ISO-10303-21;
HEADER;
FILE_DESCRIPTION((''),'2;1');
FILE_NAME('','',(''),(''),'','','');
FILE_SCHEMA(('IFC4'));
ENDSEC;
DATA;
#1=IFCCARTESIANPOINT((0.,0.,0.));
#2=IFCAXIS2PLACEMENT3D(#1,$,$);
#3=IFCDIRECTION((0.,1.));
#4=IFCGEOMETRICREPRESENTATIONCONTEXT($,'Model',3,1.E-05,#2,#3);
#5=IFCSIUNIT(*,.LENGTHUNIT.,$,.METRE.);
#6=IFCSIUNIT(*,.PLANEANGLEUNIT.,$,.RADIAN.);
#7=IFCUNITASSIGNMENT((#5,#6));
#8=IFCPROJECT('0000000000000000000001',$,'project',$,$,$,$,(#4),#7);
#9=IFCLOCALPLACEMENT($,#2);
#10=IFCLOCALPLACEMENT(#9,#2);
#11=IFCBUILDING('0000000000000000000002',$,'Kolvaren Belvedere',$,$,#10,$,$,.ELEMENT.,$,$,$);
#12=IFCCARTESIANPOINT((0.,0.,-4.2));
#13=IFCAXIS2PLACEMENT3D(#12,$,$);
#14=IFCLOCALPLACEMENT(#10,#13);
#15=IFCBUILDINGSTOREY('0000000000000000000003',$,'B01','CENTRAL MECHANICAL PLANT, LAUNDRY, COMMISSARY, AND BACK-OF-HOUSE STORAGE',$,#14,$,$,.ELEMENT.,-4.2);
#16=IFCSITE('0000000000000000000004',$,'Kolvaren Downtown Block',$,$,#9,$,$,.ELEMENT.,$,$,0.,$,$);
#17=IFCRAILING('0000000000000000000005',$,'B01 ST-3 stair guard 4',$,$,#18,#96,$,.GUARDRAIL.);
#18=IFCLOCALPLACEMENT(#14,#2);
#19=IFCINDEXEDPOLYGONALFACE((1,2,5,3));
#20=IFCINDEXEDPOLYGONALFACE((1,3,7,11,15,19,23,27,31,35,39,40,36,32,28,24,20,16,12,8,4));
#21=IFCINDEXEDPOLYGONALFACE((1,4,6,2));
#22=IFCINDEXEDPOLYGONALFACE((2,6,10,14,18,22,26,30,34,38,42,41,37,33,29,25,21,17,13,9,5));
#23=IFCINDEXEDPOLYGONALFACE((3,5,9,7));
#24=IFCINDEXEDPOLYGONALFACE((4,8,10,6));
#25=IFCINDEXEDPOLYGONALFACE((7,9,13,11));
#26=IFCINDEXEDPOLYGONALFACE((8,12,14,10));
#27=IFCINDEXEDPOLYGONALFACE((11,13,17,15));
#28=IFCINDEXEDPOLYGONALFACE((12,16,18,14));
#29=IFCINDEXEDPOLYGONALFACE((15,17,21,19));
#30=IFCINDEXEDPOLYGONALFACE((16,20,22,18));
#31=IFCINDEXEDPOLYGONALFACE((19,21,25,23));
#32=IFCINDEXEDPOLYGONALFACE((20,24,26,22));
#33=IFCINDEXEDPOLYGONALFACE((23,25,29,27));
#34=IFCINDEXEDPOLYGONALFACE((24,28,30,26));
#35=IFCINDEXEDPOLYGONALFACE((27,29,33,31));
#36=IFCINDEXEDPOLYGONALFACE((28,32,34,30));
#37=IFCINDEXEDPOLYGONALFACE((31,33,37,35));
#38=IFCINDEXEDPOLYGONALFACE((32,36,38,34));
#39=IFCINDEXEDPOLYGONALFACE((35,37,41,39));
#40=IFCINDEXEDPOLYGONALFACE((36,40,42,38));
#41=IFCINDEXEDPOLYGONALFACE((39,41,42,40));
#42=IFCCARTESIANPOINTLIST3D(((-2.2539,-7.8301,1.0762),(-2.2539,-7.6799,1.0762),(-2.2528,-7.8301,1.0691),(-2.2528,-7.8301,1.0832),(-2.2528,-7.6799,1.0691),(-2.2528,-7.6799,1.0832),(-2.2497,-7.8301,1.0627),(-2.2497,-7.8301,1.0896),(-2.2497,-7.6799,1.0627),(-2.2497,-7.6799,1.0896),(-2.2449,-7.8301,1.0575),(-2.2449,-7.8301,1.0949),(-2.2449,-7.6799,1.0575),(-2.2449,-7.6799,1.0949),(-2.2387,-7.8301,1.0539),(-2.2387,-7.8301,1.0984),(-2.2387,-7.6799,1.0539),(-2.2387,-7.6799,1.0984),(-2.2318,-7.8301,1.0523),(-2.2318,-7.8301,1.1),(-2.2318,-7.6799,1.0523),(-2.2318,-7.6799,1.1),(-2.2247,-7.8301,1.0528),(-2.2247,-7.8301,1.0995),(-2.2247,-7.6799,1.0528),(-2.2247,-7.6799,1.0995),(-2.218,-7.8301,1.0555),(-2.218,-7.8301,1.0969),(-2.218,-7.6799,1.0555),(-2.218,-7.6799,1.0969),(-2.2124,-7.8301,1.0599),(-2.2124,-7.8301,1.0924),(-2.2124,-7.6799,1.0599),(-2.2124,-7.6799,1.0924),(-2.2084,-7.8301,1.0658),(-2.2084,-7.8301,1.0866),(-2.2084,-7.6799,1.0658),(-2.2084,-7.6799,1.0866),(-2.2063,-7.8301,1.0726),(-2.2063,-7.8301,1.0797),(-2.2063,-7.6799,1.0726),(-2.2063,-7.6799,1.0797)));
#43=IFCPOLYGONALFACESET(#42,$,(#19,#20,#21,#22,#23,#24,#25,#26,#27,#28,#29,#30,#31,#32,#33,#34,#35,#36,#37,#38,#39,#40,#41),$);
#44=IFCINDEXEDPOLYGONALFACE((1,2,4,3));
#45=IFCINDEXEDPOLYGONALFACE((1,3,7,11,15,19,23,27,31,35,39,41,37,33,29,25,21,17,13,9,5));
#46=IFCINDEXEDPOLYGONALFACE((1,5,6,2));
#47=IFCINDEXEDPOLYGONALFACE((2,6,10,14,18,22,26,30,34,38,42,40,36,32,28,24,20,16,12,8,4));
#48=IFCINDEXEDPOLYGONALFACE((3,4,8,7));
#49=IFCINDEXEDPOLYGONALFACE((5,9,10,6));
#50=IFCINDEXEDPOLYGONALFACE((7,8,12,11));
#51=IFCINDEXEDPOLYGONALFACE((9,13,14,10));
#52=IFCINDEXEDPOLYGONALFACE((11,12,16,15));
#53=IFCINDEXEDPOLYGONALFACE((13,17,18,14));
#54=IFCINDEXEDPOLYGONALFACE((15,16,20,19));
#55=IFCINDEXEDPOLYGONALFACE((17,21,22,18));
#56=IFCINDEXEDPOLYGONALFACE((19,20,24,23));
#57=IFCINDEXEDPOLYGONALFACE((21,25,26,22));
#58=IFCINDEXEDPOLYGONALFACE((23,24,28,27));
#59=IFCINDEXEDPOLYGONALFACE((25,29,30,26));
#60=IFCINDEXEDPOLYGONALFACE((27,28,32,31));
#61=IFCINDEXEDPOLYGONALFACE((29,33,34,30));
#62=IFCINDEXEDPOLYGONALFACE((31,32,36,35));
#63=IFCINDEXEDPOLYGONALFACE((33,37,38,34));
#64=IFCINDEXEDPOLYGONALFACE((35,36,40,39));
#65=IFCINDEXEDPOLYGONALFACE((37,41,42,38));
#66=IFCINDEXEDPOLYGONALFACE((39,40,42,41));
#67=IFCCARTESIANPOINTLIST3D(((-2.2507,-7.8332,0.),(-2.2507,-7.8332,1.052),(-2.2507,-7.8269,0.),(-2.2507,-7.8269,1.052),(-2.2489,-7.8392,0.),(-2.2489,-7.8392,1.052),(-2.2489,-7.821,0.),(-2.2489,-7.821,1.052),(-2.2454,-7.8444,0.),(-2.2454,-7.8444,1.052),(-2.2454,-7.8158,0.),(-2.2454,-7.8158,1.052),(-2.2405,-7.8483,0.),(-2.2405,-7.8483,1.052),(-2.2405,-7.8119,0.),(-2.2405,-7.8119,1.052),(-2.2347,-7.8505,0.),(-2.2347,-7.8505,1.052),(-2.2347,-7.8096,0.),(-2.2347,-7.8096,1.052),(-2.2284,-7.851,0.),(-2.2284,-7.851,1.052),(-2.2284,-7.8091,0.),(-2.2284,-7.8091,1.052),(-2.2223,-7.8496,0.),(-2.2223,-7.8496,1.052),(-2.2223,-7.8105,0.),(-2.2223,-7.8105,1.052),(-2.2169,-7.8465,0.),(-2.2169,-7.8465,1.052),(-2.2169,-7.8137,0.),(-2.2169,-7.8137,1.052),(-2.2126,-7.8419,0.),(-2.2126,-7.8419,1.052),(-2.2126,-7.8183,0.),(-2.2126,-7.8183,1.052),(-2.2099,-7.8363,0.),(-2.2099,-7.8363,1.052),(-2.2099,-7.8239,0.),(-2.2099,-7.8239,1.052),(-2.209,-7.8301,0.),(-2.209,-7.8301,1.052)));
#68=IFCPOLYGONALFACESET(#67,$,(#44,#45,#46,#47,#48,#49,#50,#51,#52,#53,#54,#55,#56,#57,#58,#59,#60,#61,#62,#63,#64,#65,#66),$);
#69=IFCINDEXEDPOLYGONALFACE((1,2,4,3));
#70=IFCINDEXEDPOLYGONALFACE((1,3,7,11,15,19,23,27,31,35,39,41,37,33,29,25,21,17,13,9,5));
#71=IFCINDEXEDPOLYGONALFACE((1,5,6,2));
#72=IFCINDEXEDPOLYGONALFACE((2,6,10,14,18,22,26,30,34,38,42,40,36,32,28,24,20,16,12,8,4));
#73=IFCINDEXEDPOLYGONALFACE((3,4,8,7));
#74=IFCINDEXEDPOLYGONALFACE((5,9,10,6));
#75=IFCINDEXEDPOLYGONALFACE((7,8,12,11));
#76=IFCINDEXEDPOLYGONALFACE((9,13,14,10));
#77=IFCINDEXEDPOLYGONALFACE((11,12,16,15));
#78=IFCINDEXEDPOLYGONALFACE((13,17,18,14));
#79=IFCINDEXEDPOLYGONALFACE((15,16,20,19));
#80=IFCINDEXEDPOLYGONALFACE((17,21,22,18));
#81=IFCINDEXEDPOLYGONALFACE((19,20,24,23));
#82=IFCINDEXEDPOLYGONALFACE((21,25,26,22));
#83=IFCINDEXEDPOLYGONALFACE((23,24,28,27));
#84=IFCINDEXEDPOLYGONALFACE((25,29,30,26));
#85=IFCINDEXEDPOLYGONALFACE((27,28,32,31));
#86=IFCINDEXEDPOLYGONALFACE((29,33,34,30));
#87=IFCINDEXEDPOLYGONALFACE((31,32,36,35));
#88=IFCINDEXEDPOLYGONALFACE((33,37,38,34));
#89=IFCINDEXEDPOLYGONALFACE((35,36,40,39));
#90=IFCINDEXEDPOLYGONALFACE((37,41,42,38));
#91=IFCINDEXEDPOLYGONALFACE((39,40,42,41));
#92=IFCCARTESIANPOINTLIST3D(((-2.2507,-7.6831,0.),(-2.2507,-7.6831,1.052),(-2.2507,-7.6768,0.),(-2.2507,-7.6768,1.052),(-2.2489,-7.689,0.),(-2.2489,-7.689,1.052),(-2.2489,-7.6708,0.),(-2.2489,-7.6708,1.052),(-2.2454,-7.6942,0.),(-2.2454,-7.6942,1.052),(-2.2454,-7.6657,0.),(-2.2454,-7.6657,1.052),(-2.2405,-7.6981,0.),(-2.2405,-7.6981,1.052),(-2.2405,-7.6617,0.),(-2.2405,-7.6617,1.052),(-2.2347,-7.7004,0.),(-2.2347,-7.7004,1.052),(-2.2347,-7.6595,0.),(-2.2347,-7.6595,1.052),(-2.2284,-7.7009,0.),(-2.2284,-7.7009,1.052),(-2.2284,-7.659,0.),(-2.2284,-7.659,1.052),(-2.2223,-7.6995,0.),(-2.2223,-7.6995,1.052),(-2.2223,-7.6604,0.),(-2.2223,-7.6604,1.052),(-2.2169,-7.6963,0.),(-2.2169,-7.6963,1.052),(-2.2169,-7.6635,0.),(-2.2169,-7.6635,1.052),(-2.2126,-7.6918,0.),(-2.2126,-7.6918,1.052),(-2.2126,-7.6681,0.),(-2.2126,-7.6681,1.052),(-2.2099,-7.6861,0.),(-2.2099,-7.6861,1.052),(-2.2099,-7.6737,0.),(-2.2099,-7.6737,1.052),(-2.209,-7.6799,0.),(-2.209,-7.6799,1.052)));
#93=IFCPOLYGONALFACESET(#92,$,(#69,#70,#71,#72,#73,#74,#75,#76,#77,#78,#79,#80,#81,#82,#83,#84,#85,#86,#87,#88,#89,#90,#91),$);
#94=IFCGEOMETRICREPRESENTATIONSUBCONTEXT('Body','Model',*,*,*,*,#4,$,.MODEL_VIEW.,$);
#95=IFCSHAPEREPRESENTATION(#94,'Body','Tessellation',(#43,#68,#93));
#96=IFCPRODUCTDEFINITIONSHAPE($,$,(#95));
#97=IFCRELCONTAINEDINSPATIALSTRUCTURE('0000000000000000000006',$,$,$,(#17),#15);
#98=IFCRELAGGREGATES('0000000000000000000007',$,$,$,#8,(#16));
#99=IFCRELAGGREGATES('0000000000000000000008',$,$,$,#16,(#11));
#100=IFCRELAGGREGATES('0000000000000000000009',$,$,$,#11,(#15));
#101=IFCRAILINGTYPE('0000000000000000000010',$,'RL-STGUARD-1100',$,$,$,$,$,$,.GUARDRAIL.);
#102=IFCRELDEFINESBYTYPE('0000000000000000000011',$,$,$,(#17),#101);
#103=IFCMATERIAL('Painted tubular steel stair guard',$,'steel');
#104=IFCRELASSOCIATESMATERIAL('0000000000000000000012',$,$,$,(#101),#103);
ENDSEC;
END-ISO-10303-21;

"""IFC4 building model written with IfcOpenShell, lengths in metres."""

from ifc_helpers import new_model, si_unit, direction, frame, origin, origin_2d, place, context, subcontext, project, spatial, circle, extrude, material, type_object, element, save


model = new_model("IFC4")

# Units and contexts
model_context = context("Model", 3, precision=1e-05, world=origin(), true_north=direction((0.0, 1.0)))
body_context = subcontext(model_context, "Body", "Model", "MODEL_VIEW")
ifc_project = project(units=[si_unit("LENGTHUNIT", "METRE"), si_unit("PLANEANGLEUNIT", "RADIAN")], contexts=[model_context])

# Site, building, storey
site_placement = place(None, origin())
site = spatial("IfcSite", under=ifc_project, at=site_placement, Name="Kolvaren Downtown Block", CompositionType="ELEMENT", RefElevation=0.0)
building_placement = place(site_placement, origin())
building = spatial("IfcBuilding", under=site, at=building_placement, Name="Kolvaren Belvedere", CompositionType="ELEMENT")
storey_placement = place(building_placement, frame((0.0, 0.0, -4.2)))
storey = spatial("IfcBuildingStorey", under=building, at=storey_placement, Name="B01", Description="CENTRAL MECHANICAL PLANT, LAUNDRY, COMMISSARY, AND BACK-OF-HOUSE STORAGE", CompositionType="ELEMENT", Elevation=-4.2)

# Railing
ifc_material_1 = material(Name="Painted tubular steel stair guard", Category="steel")
railing_type_1 = type_object("IfcRailingType", Name="RL-STGUARD-1100", PredefinedType="GUARDRAIL", material=ifc_material_1)
railing_1_placement = place(storey_placement, frame((-2.23, -7.8301, 0.0)))
element("IfcRailing", 1, at=railing_1_placement, inside=storey, type_object=railing_type_1, Name="B01 ST-3 stair guard 4", PredefinedType="GUARDRAIL", context=body_context, shape_type="SweptSolid", body=[
    extrude(circle(Radius=0.0239, at=origin_2d()), frame((0.0, 0.0, 1.0762), z_axis=(0.0, 1.0, 0.0), x_axis=(-1.0, 0.0, 0.0)), (0.0, 0.0, 1.0), 0.1501),
    extrude(circle(Radius=0.021, at=origin_2d()), origin(), (0.0, 0.0, 1.0), 1.052),
    extrude(circle(Radius=0.021, at=origin_2d()), frame((0.0, 0.1501, 0.0)), (0.0, 0.0, 1.0), 1.052),
])

save(model, "model.ifc")
